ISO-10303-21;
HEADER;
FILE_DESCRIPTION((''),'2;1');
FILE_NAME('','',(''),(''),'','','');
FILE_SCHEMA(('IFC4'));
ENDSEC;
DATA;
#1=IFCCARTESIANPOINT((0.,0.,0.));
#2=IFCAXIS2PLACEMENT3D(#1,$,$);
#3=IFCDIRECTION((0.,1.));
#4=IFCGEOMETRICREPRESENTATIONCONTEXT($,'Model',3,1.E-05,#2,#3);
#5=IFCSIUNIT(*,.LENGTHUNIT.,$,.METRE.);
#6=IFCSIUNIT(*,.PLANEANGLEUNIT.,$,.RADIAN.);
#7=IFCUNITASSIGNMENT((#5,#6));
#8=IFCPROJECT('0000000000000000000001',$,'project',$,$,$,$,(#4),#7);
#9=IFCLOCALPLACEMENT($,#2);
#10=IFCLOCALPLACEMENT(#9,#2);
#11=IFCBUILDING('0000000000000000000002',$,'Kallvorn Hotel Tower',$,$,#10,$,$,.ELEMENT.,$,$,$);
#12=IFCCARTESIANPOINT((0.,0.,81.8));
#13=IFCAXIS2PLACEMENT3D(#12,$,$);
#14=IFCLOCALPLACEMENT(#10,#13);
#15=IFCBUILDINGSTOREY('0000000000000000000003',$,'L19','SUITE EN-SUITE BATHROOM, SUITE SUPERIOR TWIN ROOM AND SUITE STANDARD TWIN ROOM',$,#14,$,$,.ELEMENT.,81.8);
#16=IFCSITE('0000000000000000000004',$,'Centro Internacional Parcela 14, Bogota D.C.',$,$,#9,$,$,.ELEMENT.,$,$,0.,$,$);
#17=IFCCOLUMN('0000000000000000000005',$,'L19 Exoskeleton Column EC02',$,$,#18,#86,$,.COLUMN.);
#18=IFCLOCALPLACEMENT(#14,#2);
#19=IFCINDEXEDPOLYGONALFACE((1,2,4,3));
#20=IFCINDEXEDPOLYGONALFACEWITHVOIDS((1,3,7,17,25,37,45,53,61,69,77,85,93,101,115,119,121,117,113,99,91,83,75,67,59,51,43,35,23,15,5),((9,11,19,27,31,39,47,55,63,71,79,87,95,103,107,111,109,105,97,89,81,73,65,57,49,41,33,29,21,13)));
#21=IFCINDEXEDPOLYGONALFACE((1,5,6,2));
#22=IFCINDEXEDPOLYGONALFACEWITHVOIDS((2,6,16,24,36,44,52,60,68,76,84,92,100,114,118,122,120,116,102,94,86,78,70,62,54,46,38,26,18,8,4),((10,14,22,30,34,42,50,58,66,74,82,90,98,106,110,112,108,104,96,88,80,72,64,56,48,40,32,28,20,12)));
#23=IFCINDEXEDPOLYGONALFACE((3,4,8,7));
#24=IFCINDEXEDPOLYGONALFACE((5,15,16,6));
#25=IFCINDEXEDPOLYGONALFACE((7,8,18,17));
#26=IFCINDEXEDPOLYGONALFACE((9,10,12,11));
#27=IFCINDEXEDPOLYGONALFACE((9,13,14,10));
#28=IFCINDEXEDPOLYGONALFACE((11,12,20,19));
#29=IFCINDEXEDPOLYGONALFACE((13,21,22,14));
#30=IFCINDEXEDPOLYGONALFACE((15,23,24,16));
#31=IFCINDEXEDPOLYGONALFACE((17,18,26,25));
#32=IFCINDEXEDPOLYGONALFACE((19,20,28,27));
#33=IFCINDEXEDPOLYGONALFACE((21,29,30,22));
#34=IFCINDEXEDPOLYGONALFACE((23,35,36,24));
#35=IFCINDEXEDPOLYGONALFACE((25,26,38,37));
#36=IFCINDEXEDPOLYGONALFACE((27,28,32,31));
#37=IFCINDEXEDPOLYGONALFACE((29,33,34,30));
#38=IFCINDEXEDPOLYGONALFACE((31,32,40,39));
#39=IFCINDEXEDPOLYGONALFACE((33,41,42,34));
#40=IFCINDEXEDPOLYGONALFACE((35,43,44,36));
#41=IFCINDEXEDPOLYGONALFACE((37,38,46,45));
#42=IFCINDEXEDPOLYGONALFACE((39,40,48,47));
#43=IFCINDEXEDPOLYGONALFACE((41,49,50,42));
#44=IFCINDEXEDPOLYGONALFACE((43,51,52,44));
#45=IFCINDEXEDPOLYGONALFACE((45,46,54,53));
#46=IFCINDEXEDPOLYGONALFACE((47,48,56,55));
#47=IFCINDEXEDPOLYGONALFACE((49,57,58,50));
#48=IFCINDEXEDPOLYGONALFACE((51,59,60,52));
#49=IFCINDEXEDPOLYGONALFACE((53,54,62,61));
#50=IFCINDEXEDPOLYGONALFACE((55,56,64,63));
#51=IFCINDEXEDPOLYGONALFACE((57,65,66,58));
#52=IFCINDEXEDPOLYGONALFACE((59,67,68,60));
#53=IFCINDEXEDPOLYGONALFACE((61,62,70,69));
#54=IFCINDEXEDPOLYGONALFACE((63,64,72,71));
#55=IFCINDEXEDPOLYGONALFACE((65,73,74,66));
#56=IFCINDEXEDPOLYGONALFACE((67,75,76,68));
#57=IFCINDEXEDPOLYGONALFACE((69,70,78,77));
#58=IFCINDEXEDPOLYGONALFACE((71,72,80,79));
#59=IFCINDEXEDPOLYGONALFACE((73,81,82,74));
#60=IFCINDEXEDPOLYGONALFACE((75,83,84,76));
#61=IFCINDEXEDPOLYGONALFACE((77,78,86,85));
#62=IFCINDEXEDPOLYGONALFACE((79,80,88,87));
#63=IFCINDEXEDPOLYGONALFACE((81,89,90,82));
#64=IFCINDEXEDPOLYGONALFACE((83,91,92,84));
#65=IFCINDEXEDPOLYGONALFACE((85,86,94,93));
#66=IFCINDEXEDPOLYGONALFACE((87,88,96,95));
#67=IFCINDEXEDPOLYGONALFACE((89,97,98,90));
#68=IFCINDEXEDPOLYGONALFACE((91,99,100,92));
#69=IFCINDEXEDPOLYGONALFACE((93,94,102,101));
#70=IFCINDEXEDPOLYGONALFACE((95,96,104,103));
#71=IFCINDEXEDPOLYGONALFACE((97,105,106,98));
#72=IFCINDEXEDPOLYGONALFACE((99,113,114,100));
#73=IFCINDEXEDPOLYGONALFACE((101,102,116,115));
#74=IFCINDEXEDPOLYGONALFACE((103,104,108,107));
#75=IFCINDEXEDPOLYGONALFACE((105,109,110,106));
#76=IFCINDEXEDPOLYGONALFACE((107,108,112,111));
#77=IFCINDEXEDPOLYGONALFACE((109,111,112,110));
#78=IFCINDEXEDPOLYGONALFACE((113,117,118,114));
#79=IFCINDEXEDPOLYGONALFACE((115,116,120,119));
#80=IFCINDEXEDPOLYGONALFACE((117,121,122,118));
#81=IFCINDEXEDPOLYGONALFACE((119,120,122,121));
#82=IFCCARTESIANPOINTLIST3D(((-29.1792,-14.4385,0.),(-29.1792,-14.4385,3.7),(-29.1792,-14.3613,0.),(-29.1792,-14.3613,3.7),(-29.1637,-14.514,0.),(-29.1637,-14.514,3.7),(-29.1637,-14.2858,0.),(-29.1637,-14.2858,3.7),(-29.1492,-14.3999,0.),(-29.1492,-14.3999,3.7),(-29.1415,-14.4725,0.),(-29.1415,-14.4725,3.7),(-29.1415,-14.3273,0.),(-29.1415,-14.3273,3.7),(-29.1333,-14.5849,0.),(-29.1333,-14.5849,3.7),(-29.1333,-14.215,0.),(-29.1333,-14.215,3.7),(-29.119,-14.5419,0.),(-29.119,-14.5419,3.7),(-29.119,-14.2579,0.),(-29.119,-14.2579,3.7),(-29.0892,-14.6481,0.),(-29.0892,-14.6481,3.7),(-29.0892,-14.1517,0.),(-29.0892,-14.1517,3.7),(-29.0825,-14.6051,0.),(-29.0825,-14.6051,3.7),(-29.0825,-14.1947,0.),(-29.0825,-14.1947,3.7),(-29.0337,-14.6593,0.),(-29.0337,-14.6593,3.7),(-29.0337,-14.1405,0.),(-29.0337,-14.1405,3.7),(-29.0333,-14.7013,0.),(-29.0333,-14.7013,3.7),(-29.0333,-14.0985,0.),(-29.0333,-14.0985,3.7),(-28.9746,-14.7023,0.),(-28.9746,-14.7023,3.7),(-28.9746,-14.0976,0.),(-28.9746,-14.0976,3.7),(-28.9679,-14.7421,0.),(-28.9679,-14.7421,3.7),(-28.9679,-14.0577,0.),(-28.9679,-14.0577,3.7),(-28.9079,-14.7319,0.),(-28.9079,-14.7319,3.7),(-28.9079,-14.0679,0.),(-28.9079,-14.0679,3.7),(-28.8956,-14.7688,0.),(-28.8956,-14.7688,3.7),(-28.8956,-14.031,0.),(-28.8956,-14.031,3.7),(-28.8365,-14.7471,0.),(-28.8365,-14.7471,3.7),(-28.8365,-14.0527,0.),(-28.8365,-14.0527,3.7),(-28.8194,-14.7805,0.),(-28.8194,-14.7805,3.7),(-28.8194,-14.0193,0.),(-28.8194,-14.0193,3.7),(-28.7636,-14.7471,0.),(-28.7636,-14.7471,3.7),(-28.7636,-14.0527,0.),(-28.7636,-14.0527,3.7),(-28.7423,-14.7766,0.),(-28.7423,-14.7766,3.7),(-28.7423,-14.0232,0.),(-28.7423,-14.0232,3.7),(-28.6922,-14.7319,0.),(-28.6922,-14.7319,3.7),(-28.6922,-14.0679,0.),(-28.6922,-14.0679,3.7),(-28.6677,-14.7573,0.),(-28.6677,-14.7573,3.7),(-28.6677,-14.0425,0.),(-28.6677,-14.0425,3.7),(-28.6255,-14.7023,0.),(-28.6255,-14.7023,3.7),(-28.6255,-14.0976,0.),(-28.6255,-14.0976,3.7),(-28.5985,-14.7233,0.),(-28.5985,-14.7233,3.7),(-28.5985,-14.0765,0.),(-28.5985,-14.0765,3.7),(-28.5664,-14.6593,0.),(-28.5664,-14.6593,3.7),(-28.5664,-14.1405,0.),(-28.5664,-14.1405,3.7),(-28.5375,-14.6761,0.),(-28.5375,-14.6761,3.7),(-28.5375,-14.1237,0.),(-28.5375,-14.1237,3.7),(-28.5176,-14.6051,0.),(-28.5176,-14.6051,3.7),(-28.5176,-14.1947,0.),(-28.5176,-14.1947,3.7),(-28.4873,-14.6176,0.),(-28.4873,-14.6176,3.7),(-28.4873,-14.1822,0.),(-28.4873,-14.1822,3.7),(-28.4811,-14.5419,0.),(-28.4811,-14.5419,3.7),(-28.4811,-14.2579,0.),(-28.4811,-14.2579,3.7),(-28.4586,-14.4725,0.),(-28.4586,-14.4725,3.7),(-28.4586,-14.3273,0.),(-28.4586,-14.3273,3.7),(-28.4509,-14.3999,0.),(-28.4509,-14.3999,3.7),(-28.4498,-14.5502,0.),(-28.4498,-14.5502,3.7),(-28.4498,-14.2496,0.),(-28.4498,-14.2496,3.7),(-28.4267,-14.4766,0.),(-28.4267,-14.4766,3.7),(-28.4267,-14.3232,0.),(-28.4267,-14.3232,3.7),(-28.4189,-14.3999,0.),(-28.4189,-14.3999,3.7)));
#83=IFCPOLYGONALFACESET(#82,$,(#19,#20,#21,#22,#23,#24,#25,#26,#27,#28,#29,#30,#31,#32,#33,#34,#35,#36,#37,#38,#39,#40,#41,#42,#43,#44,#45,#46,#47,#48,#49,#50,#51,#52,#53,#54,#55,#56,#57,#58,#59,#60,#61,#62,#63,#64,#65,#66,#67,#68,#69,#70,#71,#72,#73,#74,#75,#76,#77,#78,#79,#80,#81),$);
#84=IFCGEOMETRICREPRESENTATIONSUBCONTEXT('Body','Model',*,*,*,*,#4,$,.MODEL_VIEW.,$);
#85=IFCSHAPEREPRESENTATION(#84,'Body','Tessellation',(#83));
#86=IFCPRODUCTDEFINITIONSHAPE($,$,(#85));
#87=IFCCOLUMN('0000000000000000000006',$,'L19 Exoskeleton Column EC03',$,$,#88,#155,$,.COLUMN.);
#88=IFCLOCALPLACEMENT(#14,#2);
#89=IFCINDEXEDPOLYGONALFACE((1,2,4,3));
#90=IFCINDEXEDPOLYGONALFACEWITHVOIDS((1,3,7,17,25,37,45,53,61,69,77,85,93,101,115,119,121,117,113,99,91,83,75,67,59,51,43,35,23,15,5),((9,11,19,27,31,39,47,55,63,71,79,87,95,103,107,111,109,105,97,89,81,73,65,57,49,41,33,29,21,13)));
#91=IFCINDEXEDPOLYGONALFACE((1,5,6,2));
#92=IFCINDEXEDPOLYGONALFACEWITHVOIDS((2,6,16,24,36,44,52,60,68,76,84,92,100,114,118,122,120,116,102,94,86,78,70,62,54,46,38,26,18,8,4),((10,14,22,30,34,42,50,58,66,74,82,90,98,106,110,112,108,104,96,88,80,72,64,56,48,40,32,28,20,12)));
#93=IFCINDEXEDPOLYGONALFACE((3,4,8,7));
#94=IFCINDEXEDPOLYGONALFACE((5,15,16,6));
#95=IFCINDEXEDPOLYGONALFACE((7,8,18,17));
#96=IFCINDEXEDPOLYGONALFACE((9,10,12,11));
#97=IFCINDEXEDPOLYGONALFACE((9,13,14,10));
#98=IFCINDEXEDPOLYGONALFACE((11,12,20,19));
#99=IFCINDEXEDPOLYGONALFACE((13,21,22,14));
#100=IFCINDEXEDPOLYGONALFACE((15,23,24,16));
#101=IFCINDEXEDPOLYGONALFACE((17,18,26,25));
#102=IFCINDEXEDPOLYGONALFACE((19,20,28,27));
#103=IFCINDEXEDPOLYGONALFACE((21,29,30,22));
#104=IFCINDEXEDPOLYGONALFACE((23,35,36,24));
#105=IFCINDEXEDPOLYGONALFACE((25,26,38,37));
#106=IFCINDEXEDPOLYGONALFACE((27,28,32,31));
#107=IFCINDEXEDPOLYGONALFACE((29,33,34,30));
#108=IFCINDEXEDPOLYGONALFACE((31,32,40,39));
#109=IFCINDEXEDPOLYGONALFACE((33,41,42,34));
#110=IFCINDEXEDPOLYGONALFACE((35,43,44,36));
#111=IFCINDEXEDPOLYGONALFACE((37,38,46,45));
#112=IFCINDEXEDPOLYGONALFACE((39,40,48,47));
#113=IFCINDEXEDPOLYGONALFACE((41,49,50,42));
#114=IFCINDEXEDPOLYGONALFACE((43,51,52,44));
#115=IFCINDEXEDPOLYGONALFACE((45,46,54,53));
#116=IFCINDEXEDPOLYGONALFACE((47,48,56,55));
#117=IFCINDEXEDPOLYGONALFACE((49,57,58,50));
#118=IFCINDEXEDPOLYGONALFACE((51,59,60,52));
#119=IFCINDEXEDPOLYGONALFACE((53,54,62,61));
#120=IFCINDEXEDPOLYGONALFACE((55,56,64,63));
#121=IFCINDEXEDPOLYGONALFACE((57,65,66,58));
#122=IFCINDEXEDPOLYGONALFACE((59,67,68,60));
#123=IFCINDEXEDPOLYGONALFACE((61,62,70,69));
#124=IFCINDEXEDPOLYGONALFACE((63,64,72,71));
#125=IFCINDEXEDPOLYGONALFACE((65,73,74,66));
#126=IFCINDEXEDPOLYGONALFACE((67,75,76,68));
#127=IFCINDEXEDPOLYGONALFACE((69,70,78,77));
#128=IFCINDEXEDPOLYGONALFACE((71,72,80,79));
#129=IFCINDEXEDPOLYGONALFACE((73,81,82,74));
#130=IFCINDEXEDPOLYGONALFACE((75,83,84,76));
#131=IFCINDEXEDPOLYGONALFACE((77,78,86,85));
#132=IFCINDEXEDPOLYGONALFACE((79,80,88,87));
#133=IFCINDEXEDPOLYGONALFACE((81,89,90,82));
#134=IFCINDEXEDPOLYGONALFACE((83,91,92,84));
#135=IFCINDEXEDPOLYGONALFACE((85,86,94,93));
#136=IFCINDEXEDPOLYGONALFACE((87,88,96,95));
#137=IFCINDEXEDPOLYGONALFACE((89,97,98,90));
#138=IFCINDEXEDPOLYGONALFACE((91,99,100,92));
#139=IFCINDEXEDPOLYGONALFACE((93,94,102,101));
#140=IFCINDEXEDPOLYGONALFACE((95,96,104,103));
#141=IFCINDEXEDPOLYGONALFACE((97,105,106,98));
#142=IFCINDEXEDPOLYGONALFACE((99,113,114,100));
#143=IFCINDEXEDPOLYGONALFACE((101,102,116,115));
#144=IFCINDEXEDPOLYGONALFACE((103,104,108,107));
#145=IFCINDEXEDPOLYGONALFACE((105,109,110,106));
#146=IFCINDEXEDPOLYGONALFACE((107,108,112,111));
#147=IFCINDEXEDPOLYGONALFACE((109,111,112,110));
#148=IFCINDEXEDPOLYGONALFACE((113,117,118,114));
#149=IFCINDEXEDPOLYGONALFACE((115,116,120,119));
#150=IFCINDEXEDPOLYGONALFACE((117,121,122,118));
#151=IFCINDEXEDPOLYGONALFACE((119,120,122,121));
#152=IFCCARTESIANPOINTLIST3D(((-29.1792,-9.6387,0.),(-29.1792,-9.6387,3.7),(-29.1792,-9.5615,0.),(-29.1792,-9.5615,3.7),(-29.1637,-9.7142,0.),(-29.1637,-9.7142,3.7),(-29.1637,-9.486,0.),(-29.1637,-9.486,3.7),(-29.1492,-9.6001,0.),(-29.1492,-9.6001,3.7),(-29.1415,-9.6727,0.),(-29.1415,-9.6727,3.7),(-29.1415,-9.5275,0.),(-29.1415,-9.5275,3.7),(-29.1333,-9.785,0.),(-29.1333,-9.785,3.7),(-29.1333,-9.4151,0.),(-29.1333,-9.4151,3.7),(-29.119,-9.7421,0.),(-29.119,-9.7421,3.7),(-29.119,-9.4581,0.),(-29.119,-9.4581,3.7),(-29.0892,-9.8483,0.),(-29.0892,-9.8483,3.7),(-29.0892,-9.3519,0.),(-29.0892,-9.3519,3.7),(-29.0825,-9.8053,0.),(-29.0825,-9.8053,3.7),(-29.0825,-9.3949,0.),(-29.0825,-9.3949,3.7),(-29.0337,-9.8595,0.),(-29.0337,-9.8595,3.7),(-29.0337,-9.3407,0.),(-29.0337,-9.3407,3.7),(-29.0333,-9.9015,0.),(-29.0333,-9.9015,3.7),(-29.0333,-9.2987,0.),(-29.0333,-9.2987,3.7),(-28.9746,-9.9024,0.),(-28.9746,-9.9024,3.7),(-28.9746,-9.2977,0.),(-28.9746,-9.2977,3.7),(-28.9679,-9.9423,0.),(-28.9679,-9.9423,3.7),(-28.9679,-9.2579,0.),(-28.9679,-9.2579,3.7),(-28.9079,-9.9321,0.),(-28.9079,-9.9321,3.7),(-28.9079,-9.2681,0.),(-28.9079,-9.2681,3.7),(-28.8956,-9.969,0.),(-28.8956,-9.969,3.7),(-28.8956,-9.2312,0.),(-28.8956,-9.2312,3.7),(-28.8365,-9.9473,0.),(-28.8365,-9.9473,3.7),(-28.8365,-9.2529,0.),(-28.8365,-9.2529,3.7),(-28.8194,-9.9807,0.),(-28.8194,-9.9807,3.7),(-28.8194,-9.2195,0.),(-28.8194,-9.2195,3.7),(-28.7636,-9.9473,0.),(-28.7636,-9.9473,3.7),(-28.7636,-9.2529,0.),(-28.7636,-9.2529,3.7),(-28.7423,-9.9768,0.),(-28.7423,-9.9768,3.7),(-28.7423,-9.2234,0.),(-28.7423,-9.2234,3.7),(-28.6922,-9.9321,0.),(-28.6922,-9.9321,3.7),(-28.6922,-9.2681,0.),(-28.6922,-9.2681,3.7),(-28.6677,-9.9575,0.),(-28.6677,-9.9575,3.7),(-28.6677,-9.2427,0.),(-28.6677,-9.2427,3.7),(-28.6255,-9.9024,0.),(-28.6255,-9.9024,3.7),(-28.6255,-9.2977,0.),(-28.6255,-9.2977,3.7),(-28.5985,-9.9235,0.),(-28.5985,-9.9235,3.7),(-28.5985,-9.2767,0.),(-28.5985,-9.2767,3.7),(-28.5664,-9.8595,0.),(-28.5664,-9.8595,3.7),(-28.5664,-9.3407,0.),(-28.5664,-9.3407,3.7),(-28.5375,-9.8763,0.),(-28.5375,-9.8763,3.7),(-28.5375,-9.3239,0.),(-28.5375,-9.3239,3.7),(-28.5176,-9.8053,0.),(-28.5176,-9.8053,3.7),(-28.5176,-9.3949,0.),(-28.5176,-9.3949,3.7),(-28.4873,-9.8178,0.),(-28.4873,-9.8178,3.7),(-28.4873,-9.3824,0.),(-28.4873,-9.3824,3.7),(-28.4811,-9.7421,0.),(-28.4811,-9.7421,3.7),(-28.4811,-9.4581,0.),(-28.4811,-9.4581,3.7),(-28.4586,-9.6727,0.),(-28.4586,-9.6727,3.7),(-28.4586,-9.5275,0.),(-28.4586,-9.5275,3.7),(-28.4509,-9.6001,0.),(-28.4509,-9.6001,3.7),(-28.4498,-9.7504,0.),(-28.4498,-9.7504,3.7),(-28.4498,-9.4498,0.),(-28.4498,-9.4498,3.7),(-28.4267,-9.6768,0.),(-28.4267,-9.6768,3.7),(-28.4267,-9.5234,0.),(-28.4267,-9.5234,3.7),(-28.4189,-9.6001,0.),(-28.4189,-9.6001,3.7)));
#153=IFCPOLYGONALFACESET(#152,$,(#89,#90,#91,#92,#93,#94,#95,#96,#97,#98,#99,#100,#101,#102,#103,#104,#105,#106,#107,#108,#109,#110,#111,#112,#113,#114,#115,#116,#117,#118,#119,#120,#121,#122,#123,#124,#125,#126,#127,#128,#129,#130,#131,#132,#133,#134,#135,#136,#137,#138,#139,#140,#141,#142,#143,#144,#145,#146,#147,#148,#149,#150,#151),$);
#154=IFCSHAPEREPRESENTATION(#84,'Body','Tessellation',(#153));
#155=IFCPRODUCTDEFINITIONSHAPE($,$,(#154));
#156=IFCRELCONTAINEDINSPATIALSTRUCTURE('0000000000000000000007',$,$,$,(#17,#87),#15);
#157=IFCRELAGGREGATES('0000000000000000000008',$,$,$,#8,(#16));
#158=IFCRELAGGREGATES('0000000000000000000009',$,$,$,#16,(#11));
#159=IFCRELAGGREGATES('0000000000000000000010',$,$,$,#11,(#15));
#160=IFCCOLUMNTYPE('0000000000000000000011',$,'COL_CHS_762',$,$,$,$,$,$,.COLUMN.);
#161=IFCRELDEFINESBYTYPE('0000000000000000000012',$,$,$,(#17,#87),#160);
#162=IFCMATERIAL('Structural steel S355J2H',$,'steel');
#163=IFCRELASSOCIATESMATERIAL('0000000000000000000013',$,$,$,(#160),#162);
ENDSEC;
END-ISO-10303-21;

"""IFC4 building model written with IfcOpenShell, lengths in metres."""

from ifc_helpers import new_model, si_unit, direction, frame, origin, origin_2d, place, context, subcontext, project, spatial, hollow_circle, extrude, material, material_profile, profile_set, type_object, element, save


model = new_model("IFC4")

# Units and contexts
model_context = context("Model", 3, precision=1e-05, world=origin(), true_north=direction((0.0, 1.0)))
body_context = subcontext(model_context, "Body", "Model", "MODEL_VIEW")
ifc_project = project(units=[si_unit("LENGTHUNIT", "METRE"), si_unit("PLANEANGLEUNIT", "RADIAN")], contexts=[model_context])

# Site, building, storey
site_placement = place(None, origin())
site = spatial("IfcSite", under=ifc_project, at=site_placement, Name="Centro Internacional Parcela 14, Bogota D.C.", CompositionType="ELEMENT", RefElevation=0.0)
building_placement = place(site_placement, origin())
building = spatial("IfcBuilding", under=site, at=building_placement, Name="Kallvorn Hotel Tower", CompositionType="ELEMENT")
storey_placement = place(building_placement, frame((0.0, 0.0, 81.8)))
storey = spatial("IfcBuildingStorey", under=building, at=storey_placement, Name="L19", Description="SUITE EN-SUITE BATHROOM, SUITE SUPERIOR TWIN ROOM AND SUITE STANDARD TWIN ROOM", CompositionType="ELEMENT", Elevation=81.8)

# Columns
ifc_material_1 = material(Name="Structural steel S355J2H", Category="steel")
ifc_material_profile_1 = material_profile(ifc_material_1, hollow_circle(Radius=0.3811, WallThickness=0.032, at=origin_2d()), Name="CHS 762x32")
ifc_profile_set_1 = profile_set([ifc_material_profile_1], Name="Structural steel S355J2H")
column_type_1 = type_object("IfcColumnType", Name="COL_CHS_762", PredefinedType="COLUMN", material=ifc_profile_set_1)
for number, where, z_axis, x_axis, name in (
    (1, (-28.8, -14.3999, 0.0), (0.0, 0.0, 1.0), (1.0, 0.0, 0.0), "L19 Exoskeleton Column EC02"),
    (2, (-28.8, -9.6001, 0.0), (0.0, 0.0, 1.0), (1.0, 0.0, 0.0), "L19 Exoskeleton Column EC03"),
):
    element("IfcColumn", number, at=place(storey_placement, frame(where, z_axis=z_axis, x_axis=x_axis)), inside=storey, type_object=column_type_1, Name=name, PredefinedType="COLUMN", context=body_context, shape_type="SweptSolid", body=[
        extrude(hollow_circle(Radius=0.3811, WallThickness=0.032, at=origin_2d()), origin(), (0.0, 0.0, 1.0), 3.7),
    ])

save(model, "model.ifc")
